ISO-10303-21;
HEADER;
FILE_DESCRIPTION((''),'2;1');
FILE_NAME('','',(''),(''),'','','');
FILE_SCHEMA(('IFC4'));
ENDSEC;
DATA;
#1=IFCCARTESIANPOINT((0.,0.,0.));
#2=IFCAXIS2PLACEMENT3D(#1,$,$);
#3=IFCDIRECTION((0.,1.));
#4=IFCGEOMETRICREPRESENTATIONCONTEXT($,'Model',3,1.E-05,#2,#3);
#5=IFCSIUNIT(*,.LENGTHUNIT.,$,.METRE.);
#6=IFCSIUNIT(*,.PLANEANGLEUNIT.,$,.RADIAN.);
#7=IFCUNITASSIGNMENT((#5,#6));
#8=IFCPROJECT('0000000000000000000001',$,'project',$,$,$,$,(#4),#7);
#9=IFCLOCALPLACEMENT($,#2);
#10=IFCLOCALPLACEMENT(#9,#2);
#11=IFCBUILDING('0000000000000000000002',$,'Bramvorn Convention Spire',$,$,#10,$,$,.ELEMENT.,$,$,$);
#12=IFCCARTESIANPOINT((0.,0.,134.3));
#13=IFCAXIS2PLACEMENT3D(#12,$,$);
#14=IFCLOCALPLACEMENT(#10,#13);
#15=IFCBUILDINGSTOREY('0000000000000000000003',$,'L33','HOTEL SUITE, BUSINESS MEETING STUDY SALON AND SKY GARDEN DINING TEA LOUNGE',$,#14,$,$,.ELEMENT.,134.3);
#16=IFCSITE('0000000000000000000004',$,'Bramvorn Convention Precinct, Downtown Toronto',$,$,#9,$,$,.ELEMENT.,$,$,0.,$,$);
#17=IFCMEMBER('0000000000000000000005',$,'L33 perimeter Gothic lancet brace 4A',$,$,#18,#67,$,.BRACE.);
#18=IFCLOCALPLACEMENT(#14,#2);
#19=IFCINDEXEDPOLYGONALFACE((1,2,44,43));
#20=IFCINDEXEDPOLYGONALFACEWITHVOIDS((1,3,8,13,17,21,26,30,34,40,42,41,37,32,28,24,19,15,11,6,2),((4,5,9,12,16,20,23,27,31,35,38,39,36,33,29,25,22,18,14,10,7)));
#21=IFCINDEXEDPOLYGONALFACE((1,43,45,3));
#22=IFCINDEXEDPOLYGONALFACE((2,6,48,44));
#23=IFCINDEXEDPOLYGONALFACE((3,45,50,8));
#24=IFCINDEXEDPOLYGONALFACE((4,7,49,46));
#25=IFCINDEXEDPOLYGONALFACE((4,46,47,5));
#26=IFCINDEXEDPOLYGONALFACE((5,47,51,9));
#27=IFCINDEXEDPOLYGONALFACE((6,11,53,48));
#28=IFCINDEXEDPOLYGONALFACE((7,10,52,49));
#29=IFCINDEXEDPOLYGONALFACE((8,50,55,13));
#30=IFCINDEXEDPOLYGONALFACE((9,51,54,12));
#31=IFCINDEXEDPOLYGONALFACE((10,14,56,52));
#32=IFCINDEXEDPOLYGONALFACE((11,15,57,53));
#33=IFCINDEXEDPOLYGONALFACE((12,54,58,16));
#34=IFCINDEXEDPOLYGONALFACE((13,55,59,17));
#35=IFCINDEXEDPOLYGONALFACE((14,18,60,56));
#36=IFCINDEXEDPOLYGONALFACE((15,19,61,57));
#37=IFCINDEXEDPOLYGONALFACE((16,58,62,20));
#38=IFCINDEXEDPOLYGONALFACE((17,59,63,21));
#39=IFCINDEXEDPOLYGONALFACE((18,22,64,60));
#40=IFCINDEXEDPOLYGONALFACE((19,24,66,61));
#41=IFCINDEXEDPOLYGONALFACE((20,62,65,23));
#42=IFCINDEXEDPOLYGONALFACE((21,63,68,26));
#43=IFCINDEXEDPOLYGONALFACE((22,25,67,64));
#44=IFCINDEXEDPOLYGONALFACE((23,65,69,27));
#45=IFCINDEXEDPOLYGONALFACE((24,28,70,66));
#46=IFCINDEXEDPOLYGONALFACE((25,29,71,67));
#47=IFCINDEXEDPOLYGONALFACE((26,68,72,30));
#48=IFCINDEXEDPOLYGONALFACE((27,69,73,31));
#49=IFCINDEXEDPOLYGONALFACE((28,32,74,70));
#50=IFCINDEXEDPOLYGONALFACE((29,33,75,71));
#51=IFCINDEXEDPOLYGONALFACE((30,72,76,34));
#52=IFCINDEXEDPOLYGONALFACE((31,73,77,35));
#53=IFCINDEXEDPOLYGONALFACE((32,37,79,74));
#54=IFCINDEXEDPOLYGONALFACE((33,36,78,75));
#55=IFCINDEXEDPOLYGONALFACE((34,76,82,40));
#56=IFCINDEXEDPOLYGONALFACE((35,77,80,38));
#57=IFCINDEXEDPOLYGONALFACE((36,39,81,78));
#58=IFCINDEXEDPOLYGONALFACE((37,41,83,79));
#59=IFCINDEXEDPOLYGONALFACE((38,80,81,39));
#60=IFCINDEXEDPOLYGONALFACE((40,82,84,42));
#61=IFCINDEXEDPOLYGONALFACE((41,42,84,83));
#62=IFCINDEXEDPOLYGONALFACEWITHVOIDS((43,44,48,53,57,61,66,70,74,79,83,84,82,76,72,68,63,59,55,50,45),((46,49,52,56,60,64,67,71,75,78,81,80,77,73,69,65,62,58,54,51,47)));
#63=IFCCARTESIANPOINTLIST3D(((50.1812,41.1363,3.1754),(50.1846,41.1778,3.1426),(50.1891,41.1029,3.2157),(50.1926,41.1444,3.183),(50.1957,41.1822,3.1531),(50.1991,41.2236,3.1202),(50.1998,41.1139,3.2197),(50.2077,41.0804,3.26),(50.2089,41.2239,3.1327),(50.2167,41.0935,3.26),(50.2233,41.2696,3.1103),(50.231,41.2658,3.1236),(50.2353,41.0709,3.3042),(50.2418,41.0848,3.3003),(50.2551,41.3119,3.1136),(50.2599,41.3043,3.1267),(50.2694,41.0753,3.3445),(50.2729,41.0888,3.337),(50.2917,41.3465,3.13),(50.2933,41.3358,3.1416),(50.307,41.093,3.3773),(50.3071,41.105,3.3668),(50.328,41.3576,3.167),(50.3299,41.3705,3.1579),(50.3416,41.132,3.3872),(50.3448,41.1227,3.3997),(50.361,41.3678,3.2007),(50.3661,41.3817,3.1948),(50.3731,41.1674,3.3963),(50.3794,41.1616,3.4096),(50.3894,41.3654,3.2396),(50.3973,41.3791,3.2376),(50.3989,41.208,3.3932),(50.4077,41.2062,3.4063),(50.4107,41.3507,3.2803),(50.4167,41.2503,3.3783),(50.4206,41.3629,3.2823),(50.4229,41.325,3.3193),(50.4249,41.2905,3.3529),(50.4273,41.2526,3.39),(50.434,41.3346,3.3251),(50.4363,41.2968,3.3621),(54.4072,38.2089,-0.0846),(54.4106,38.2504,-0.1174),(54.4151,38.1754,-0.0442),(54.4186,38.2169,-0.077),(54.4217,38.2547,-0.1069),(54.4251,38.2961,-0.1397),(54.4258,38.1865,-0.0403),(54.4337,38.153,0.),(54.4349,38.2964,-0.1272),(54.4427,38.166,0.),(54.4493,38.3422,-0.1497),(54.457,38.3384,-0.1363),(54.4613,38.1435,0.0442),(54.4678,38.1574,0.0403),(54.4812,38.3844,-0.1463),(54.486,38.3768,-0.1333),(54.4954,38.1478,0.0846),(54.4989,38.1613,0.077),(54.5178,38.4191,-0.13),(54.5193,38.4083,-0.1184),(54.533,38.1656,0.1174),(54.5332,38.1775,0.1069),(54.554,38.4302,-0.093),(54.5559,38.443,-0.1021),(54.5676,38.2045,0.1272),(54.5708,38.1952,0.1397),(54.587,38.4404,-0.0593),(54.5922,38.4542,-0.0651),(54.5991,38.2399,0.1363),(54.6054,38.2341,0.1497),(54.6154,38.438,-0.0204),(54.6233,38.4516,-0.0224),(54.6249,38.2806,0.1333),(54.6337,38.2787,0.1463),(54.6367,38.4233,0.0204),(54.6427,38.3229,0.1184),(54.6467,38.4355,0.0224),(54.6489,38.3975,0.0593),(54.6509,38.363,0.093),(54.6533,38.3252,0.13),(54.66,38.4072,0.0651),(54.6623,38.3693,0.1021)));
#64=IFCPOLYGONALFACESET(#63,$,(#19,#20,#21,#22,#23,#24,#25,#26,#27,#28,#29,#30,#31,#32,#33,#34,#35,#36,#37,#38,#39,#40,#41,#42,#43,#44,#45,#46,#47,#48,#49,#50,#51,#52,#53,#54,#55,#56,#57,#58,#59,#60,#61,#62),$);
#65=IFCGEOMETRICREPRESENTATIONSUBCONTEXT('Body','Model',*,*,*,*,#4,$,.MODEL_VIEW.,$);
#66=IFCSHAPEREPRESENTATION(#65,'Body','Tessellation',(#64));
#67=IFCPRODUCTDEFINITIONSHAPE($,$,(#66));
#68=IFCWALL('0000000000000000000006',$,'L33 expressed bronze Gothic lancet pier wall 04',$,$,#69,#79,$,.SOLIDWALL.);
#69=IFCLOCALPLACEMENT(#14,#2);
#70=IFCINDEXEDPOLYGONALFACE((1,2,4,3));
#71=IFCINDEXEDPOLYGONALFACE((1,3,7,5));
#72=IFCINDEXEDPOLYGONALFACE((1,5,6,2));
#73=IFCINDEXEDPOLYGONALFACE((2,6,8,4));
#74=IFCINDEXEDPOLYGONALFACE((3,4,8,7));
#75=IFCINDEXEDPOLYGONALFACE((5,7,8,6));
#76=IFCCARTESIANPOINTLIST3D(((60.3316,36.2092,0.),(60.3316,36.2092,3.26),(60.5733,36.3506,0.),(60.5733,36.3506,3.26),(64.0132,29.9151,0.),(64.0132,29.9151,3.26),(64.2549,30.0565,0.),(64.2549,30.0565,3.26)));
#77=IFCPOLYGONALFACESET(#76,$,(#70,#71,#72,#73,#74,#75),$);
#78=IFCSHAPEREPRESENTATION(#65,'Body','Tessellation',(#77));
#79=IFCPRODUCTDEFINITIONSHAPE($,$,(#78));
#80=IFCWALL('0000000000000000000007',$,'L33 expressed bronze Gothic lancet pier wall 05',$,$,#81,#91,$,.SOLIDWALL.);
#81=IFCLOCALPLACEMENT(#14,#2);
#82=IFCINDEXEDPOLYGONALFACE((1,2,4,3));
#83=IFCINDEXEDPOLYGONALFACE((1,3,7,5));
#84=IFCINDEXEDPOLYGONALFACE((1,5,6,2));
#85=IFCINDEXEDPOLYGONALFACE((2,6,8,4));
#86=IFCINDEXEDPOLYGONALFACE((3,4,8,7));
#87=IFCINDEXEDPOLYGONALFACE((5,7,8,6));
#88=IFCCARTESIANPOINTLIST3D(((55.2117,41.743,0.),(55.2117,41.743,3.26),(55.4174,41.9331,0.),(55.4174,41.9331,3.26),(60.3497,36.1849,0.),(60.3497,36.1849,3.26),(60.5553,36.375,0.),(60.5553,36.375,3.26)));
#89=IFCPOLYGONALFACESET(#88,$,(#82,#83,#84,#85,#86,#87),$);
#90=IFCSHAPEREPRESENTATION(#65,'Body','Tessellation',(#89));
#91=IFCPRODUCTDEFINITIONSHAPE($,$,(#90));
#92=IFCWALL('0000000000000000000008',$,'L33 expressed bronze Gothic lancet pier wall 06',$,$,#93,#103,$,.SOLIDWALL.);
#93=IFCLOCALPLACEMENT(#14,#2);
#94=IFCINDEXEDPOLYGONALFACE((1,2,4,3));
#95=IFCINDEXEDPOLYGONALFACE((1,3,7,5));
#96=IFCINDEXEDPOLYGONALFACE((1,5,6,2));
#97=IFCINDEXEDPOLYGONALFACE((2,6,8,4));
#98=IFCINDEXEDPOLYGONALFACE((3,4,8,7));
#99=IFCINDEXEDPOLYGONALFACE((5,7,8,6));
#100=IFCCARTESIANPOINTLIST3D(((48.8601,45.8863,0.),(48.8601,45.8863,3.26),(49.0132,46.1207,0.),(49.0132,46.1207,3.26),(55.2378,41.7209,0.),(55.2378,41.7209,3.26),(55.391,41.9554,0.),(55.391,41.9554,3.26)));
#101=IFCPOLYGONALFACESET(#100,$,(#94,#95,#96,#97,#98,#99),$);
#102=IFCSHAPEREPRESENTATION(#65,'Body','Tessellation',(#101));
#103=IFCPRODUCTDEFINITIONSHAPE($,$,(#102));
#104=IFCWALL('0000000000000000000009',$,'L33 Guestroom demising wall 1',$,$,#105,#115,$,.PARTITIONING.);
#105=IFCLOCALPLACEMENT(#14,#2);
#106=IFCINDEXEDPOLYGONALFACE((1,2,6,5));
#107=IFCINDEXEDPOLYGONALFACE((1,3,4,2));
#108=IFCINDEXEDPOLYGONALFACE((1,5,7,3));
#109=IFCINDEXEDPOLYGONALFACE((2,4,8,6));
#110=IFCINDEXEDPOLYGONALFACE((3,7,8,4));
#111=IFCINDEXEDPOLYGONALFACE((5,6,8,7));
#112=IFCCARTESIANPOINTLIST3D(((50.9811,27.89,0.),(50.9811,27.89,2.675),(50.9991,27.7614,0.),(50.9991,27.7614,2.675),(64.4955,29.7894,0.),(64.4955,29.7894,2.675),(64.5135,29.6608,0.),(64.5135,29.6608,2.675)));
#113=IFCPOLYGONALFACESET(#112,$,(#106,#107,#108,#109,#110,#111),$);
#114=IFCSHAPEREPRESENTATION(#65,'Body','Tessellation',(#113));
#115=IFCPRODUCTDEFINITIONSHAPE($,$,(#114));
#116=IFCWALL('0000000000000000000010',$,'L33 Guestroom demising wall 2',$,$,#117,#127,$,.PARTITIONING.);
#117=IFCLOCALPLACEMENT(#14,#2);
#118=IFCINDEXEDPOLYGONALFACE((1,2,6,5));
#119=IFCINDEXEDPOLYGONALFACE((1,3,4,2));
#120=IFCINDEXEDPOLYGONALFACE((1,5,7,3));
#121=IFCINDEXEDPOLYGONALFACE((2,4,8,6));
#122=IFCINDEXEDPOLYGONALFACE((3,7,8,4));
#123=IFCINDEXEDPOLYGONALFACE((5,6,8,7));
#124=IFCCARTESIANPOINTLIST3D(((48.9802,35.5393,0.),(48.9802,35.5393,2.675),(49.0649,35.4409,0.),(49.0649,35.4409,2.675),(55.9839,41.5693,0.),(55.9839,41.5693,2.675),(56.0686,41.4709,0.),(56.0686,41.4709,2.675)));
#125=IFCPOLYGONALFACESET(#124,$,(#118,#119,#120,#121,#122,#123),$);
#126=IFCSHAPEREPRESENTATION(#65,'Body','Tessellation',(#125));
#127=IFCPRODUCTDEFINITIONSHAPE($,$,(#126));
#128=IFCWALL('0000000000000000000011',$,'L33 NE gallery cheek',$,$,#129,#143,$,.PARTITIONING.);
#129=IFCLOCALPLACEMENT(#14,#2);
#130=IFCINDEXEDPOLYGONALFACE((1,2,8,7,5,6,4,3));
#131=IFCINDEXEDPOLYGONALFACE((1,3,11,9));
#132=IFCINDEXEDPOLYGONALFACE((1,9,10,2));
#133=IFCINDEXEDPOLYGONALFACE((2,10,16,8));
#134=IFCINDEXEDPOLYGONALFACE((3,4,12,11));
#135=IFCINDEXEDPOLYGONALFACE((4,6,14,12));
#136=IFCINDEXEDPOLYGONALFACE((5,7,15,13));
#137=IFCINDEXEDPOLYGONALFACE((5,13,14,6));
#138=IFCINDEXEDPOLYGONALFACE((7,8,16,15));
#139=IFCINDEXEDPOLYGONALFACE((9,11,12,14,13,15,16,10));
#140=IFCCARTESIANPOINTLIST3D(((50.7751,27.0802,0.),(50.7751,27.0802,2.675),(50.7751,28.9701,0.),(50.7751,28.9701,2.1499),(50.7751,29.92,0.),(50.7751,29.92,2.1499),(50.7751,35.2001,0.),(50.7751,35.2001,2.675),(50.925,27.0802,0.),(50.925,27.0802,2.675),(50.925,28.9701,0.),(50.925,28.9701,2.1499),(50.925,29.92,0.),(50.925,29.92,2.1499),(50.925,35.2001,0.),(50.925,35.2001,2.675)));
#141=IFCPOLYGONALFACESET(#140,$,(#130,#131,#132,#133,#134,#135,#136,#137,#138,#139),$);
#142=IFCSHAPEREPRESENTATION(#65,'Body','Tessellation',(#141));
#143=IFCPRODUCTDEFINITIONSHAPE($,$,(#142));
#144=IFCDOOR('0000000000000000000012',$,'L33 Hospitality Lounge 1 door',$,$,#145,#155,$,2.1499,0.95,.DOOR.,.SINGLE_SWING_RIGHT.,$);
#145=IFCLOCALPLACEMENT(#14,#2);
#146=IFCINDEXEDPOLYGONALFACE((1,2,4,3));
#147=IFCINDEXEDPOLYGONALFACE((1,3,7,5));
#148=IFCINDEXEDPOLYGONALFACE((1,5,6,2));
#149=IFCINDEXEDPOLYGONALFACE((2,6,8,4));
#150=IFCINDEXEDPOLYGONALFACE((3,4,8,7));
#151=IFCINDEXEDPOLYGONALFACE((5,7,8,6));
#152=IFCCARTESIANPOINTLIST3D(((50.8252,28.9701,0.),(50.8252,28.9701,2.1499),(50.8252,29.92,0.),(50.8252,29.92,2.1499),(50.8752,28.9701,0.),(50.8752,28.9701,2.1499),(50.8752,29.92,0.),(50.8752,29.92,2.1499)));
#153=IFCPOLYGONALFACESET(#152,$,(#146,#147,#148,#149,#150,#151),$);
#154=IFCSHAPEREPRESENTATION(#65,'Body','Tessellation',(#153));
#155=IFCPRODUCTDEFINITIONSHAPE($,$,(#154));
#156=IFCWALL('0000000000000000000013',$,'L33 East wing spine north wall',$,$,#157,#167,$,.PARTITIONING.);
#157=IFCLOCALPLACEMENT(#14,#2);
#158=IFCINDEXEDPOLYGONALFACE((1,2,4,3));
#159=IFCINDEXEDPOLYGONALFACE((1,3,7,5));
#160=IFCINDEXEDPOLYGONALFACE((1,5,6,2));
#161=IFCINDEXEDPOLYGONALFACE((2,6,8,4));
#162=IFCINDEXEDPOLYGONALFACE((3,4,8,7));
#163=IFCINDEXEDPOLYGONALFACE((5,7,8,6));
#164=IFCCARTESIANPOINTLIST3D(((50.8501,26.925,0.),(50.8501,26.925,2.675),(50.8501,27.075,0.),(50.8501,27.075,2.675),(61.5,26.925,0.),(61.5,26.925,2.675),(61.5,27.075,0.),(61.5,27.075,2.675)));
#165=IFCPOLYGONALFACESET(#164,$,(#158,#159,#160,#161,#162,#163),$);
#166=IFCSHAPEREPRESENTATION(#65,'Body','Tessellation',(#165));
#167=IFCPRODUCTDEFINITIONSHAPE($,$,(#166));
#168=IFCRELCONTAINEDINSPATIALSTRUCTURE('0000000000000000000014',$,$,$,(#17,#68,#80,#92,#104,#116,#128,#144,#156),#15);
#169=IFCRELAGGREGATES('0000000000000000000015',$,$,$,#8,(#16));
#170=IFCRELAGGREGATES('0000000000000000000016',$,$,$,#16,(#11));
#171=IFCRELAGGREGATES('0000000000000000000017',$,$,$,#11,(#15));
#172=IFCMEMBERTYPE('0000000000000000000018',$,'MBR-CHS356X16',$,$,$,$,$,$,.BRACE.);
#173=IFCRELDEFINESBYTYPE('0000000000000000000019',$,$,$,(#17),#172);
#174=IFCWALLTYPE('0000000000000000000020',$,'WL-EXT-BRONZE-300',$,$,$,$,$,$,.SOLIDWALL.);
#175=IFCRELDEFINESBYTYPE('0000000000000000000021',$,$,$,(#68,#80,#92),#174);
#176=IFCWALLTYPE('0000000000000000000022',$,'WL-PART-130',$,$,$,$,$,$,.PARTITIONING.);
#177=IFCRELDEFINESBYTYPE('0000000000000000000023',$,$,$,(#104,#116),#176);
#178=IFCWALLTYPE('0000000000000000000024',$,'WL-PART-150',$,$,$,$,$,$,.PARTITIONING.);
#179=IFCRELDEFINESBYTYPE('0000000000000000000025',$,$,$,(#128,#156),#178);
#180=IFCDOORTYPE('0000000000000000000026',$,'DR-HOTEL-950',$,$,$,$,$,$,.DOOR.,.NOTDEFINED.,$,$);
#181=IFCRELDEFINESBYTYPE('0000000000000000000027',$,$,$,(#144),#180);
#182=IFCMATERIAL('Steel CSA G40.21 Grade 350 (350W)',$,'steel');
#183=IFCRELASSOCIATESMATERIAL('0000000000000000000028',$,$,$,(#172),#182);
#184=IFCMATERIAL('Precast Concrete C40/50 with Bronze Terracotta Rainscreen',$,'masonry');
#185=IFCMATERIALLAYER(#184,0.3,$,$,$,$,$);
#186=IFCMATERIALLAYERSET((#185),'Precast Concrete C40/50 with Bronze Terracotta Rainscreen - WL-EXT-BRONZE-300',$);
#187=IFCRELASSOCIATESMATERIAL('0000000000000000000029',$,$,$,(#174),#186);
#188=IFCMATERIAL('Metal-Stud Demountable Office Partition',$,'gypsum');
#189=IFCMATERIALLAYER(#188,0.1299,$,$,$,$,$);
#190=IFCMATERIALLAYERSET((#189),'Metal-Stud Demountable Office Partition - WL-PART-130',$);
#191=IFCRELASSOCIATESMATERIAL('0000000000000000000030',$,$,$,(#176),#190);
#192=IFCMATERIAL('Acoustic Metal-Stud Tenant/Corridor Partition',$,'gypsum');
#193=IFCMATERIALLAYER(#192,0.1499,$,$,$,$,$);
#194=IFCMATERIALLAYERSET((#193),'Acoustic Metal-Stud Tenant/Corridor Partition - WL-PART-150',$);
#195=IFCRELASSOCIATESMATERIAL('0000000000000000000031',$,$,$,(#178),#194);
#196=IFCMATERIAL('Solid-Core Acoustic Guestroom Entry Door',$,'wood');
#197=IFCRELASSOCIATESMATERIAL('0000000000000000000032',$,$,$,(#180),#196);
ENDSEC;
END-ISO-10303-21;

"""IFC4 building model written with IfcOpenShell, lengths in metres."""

from ifc_helpers import new_model, si_unit, direction, frame, frame_2d, origin, origin_2d, place, context, subcontext, project, spatial, rectangle, hollow_circle, extrude, material, layer, layer_set, material_profile, profile_set, type_object, element, fill, save


model = new_model("IFC4")

# Units and contexts
model_context = context("Model", 3, precision=1e-05, world=origin(), true_north=direction((0.0, 1.0)))
body_context = subcontext(model_context, "Body", "Model", "MODEL_VIEW")
ifc_project = project(units=[si_unit("LENGTHUNIT", "METRE"), si_unit("PLANEANGLEUNIT", "RADIAN")], contexts=[model_context])

# Site, building, storey
site_placement = place(None, origin())
site = spatial("IfcSite", under=ifc_project, at=site_placement, Name="Bramvorn Convention Precinct, Downtown Toronto", CompositionType="ELEMENT", RefElevation=0.0)
building_placement = place(site_placement, origin())
building = spatial("IfcBuilding", under=site, at=building_placement, Name="Bramvorn Convention Spire", CompositionType="ELEMENT")
storey_placement = place(building_placement, frame((0.0, 0.0, 134.3)))
storey = spatial("IfcBuildingStorey", under=building, at=storey_placement, Name="L33", Description="HOTEL SUITE, BUSINESS MEETING STUDY SALON AND SKY GARDEN DINING TEA LOUNGE", CompositionType="ELEMENT", Elevation=134.3)

# Shared definitions
ifc_material_1 = material(Name="Steel CSA G40.21 Grade 350 (350W)", Category="steel")

# Member
ifc_material_profile_1 = material_profile(ifc_material_1, hollow_circle(Radius=0.1777, WallThickness=0.0159, at=origin_2d()))
ifc_profile_set_1 = profile_set([ifc_material_profile_1], Name="Steel CSA G40.21 Grade 350 (350W) - CHS356X16")
member_type_1 = type_object("IfcMemberType", Name="MBR-CHS356X16", PredefinedType="BRACE", material=ifc_profile_set_1)
member_1_placement = place(storey_placement, frame((54.5349, 38.2991, 0.0), z_axis=(-0.694222, 0.480902, 0.535526), x_axis=(-0.56944, -0.822033, 0.0)))
element("IfcMember", 1, at=member_1_placement, inside=storey, type_object=member_type_1, Name="L33 perimeter Gothic lancet brace 4A", PredefinedType="BRACE", context=body_context, shape_type="SweptSolid", body=[
    extrude(hollow_circle(Radius=0.1777, WallThickness=0.0159, at=origin_2d()), origin(), (0.0, 0.0, 1.0), 6.0874),
])

# Walls
ifc_material_2 = material(Name="Precast Concrete C40/50 with Bronze Terracotta Rainscreen", Category="masonry")
ifc_layer_1 = layer(ifc_material_2, 0.3)
ifc_layer_set_1 = layer_set([ifc_layer_1], Name="Precast Concrete C40/50 with Bronze Terracotta Rainscreen - WL-EXT-BRONZE-300")
wall_type_1 = type_object("IfcWallType", Name="WL-EXT-BRONZE-300", PredefinedType="SOLIDWALL", material=ifc_layer_set_1)
wall_1_placement = place(storey_placement, frame((60.4524, 36.28, 0.0), z_axis=(0.0, 0.0, 1.0), x_axis=(0.504897, -0.86318, 0.0)))
element("IfcWall", 2, at=wall_1_placement, inside=storey, type_object=wall_type_1, Name="L33 expressed bronze Gothic lancet pier wall 04", PredefinedType="SOLIDWALL", context=body_context, shape_type="SweptSolid", body=[
    extrude(rectangle(XDim=7.2917, YDim=0.28, at=frame_2d((3.646, 0.0))), origin(), (0.0, 0.0, 1.0), 3.26),
])
wall_2_placement = place(storey_placement, frame((55.3145, 41.8381, 0.0), z_axis=(0.0, 0.0, 1.0), x_axis=(0.678806, -0.734317, 0.0)))
element("IfcWall", 3, at=wall_2_placement, inside=storey, type_object=wall_type_1, Name="L33 expressed bronze Gothic lancet pier wall 05", PredefinedType="SOLIDWALL", context=body_context, shape_type="SweptSolid", body=[
    extrude(rectangle(XDim=7.5691, YDim=0.28, at=frame_2d((3.7847, 0.0))), origin(), (0.0, 0.0, 1.0), 3.26),
])
wall_3_placement = place(storey_placement, frame((48.9368, 46.0034, 0.0), z_axis=(0.0, 0.0, 1.0), x_axis=(0.837255, -0.546813, 0.0)))
element("IfcWall", 4, at=wall_3_placement, inside=storey, type_object=wall_type_1, Name="L33 expressed bronze Gothic lancet pier wall 06", PredefinedType="SOLIDWALL", context=body_context, shape_type="SweptSolid", body=[
    extrude(rectangle(XDim=7.6174, YDim=0.28, at=frame_2d((3.8086, 0.0))), origin(), (0.0, 0.0, 1.0), 3.26),
])
ifc_material_3 = material(Name="Metal-Stud Demountable Office Partition", Category="gypsum")
ifc_layer_2 = layer(ifc_material_3, 0.1299)
ifc_layer_set_2 = layer_set([ifc_layer_2], Name="Metal-Stud Demountable Office Partition - WL-PART-130")
wall_type_2 = type_object("IfcWallType", Name="WL-PART-130", PredefinedType="PARTITIONING", material=ifc_layer_set_2)
wall_4_placement = place(storey_placement, frame((50.99, 27.8257, 0.0), z_axis=(0.0, 0.0, 1.0), x_axis=(0.990267, 0.139179, 0.0)))
element("IfcWall", 5, at=wall_4_placement, inside=storey, type_object=wall_type_2, Name="L33 Guestroom demising wall 1", PredefinedType="PARTITIONING", context=body_context, shape_type="SweptSolid", body=[
    extrude(rectangle(XDim=13.6472, YDim=0.1299, at=frame_2d((6.8237, 0.0))), origin(), (0.0, 0.0, 1.0), 2.675),
])
wall_5_placement = place(storey_placement, frame((49.0225, 35.49, 0.0), z_axis=(0.0, 0.0, 1.0), x_axis=(0.757817, 0.652467, 0.0)))
element("IfcWall", 6, at=wall_5_placement, inside=storey, type_object=wall_type_2, Name="L33 Guestroom demising wall 2", PredefinedType="PARTITIONING", context=body_context, shape_type="SweptSolid", body=[
    extrude(rectangle(XDim=9.2419, YDim=0.1299, at=frame_2d((4.6211, 0.0))), origin(), (0.0, 0.0, 1.0), 2.675),
])

# Wall, opening, door
ifc_material_4 = material(Name="Acoustic Metal-Stud Tenant/Corridor Partition", Category="gypsum")
ifc_layer_3 = layer(ifc_material_4, 0.1499)
ifc_layer_set_3 = layer_set([ifc_layer_3], Name="Acoustic Metal-Stud Tenant/Corridor Partition - WL-PART-150")
wall_type_3 = type_object("IfcWallType", Name="WL-PART-150", PredefinedType="PARTITIONING", material=ifc_layer_set_3)
wall_6_placement = place(storey_placement, frame((50.8501, 27.0801, 0.0), z_axis=(0.0, 0.0, 1.0), x_axis=(0.0, 1.0, 0.0)))
wall_6 = element("IfcWall", 7, at=wall_6_placement, inside=storey, type_object=wall_type_3, Name="L33 NE gallery cheek", PredefinedType="PARTITIONING", context=body_context, shape_type="SweptSolid", body=[
    extrude(rectangle(XDim=8.1199, YDim=0.1499, at=frame_2d((4.0601, 0.0))), origin(), (0.0, 0.0, 1.0), 2.675),
])
opening_placement = place(wall_6_placement, frame((1.8899, 0.0, 0.0)))
opening = element("IfcOpeningElement", 8, at=opening_placement, cuts=wall_6, PredefinedType="OPENING", context=body_context, shape_type="SweptSolid", body=[
    extrude(rectangle(XDim=0.95, YDim=2.1499, at=frame_2d((0.4751, 1.075))), frame((0.0, 0.085, 0.0), z_axis=(0.0, -1.0, 0.0), x_axis=(1.0, 0.0, 0.0)), (0.0, 0.0, 1.0), 0.1699),
])
ifc_material_5 = material(Name="Solid-Core Acoustic Guestroom Entry Door", Category="wood")
door_type = type_object("IfcDoorType", Name="DR-HOTEL-950", OperationType="NOTDEFINED", PredefinedType="DOOR", material=ifc_material_5)
door_placement = place(opening_placement, origin())
door = element("IfcDoor", 9, at=door_placement, inside=storey, type_object=door_type, Name="L33 Hospitality Lounge 1 door", OperationType="SINGLE_SWING_RIGHT", OverallHeight=2.1499, OverallWidth=0.95, PredefinedType="DOOR", context=body_context, shape_type="SweptSolid", body=[
    extrude(rectangle(XDim=0.95, YDim=2.1499, at=frame_2d((0.4751, 1.075))), frame((0.0, 0.0249, 0.0), z_axis=(0.0, -1.0, 0.0), x_axis=(1.0, 0.0, 0.0)), (0.0, 0.0, 1.0), 0.05),
])
fill(opening, door)

# Wall
wall_7_placement = place(storey_placement, frame((50.8501, 27.0, 0.0), z_axis=(0.0, 0.0, 1.0), x_axis=(1.0, 0.0, 0.0)))
element("IfcWall", 10, at=wall_7_placement, inside=storey, type_object=wall_type_3, Name="L33 East wing spine north wall", PredefinedType="PARTITIONING", context=body_context, shape_type="SweptSolid", body=[
    extrude(rectangle(XDim=10.6499, YDim=0.1499, at=frame_2d((5.325, 0.0))), origin(), (0.0, 0.0, 1.0), 2.675),
])

save(model, "model.ifc")
